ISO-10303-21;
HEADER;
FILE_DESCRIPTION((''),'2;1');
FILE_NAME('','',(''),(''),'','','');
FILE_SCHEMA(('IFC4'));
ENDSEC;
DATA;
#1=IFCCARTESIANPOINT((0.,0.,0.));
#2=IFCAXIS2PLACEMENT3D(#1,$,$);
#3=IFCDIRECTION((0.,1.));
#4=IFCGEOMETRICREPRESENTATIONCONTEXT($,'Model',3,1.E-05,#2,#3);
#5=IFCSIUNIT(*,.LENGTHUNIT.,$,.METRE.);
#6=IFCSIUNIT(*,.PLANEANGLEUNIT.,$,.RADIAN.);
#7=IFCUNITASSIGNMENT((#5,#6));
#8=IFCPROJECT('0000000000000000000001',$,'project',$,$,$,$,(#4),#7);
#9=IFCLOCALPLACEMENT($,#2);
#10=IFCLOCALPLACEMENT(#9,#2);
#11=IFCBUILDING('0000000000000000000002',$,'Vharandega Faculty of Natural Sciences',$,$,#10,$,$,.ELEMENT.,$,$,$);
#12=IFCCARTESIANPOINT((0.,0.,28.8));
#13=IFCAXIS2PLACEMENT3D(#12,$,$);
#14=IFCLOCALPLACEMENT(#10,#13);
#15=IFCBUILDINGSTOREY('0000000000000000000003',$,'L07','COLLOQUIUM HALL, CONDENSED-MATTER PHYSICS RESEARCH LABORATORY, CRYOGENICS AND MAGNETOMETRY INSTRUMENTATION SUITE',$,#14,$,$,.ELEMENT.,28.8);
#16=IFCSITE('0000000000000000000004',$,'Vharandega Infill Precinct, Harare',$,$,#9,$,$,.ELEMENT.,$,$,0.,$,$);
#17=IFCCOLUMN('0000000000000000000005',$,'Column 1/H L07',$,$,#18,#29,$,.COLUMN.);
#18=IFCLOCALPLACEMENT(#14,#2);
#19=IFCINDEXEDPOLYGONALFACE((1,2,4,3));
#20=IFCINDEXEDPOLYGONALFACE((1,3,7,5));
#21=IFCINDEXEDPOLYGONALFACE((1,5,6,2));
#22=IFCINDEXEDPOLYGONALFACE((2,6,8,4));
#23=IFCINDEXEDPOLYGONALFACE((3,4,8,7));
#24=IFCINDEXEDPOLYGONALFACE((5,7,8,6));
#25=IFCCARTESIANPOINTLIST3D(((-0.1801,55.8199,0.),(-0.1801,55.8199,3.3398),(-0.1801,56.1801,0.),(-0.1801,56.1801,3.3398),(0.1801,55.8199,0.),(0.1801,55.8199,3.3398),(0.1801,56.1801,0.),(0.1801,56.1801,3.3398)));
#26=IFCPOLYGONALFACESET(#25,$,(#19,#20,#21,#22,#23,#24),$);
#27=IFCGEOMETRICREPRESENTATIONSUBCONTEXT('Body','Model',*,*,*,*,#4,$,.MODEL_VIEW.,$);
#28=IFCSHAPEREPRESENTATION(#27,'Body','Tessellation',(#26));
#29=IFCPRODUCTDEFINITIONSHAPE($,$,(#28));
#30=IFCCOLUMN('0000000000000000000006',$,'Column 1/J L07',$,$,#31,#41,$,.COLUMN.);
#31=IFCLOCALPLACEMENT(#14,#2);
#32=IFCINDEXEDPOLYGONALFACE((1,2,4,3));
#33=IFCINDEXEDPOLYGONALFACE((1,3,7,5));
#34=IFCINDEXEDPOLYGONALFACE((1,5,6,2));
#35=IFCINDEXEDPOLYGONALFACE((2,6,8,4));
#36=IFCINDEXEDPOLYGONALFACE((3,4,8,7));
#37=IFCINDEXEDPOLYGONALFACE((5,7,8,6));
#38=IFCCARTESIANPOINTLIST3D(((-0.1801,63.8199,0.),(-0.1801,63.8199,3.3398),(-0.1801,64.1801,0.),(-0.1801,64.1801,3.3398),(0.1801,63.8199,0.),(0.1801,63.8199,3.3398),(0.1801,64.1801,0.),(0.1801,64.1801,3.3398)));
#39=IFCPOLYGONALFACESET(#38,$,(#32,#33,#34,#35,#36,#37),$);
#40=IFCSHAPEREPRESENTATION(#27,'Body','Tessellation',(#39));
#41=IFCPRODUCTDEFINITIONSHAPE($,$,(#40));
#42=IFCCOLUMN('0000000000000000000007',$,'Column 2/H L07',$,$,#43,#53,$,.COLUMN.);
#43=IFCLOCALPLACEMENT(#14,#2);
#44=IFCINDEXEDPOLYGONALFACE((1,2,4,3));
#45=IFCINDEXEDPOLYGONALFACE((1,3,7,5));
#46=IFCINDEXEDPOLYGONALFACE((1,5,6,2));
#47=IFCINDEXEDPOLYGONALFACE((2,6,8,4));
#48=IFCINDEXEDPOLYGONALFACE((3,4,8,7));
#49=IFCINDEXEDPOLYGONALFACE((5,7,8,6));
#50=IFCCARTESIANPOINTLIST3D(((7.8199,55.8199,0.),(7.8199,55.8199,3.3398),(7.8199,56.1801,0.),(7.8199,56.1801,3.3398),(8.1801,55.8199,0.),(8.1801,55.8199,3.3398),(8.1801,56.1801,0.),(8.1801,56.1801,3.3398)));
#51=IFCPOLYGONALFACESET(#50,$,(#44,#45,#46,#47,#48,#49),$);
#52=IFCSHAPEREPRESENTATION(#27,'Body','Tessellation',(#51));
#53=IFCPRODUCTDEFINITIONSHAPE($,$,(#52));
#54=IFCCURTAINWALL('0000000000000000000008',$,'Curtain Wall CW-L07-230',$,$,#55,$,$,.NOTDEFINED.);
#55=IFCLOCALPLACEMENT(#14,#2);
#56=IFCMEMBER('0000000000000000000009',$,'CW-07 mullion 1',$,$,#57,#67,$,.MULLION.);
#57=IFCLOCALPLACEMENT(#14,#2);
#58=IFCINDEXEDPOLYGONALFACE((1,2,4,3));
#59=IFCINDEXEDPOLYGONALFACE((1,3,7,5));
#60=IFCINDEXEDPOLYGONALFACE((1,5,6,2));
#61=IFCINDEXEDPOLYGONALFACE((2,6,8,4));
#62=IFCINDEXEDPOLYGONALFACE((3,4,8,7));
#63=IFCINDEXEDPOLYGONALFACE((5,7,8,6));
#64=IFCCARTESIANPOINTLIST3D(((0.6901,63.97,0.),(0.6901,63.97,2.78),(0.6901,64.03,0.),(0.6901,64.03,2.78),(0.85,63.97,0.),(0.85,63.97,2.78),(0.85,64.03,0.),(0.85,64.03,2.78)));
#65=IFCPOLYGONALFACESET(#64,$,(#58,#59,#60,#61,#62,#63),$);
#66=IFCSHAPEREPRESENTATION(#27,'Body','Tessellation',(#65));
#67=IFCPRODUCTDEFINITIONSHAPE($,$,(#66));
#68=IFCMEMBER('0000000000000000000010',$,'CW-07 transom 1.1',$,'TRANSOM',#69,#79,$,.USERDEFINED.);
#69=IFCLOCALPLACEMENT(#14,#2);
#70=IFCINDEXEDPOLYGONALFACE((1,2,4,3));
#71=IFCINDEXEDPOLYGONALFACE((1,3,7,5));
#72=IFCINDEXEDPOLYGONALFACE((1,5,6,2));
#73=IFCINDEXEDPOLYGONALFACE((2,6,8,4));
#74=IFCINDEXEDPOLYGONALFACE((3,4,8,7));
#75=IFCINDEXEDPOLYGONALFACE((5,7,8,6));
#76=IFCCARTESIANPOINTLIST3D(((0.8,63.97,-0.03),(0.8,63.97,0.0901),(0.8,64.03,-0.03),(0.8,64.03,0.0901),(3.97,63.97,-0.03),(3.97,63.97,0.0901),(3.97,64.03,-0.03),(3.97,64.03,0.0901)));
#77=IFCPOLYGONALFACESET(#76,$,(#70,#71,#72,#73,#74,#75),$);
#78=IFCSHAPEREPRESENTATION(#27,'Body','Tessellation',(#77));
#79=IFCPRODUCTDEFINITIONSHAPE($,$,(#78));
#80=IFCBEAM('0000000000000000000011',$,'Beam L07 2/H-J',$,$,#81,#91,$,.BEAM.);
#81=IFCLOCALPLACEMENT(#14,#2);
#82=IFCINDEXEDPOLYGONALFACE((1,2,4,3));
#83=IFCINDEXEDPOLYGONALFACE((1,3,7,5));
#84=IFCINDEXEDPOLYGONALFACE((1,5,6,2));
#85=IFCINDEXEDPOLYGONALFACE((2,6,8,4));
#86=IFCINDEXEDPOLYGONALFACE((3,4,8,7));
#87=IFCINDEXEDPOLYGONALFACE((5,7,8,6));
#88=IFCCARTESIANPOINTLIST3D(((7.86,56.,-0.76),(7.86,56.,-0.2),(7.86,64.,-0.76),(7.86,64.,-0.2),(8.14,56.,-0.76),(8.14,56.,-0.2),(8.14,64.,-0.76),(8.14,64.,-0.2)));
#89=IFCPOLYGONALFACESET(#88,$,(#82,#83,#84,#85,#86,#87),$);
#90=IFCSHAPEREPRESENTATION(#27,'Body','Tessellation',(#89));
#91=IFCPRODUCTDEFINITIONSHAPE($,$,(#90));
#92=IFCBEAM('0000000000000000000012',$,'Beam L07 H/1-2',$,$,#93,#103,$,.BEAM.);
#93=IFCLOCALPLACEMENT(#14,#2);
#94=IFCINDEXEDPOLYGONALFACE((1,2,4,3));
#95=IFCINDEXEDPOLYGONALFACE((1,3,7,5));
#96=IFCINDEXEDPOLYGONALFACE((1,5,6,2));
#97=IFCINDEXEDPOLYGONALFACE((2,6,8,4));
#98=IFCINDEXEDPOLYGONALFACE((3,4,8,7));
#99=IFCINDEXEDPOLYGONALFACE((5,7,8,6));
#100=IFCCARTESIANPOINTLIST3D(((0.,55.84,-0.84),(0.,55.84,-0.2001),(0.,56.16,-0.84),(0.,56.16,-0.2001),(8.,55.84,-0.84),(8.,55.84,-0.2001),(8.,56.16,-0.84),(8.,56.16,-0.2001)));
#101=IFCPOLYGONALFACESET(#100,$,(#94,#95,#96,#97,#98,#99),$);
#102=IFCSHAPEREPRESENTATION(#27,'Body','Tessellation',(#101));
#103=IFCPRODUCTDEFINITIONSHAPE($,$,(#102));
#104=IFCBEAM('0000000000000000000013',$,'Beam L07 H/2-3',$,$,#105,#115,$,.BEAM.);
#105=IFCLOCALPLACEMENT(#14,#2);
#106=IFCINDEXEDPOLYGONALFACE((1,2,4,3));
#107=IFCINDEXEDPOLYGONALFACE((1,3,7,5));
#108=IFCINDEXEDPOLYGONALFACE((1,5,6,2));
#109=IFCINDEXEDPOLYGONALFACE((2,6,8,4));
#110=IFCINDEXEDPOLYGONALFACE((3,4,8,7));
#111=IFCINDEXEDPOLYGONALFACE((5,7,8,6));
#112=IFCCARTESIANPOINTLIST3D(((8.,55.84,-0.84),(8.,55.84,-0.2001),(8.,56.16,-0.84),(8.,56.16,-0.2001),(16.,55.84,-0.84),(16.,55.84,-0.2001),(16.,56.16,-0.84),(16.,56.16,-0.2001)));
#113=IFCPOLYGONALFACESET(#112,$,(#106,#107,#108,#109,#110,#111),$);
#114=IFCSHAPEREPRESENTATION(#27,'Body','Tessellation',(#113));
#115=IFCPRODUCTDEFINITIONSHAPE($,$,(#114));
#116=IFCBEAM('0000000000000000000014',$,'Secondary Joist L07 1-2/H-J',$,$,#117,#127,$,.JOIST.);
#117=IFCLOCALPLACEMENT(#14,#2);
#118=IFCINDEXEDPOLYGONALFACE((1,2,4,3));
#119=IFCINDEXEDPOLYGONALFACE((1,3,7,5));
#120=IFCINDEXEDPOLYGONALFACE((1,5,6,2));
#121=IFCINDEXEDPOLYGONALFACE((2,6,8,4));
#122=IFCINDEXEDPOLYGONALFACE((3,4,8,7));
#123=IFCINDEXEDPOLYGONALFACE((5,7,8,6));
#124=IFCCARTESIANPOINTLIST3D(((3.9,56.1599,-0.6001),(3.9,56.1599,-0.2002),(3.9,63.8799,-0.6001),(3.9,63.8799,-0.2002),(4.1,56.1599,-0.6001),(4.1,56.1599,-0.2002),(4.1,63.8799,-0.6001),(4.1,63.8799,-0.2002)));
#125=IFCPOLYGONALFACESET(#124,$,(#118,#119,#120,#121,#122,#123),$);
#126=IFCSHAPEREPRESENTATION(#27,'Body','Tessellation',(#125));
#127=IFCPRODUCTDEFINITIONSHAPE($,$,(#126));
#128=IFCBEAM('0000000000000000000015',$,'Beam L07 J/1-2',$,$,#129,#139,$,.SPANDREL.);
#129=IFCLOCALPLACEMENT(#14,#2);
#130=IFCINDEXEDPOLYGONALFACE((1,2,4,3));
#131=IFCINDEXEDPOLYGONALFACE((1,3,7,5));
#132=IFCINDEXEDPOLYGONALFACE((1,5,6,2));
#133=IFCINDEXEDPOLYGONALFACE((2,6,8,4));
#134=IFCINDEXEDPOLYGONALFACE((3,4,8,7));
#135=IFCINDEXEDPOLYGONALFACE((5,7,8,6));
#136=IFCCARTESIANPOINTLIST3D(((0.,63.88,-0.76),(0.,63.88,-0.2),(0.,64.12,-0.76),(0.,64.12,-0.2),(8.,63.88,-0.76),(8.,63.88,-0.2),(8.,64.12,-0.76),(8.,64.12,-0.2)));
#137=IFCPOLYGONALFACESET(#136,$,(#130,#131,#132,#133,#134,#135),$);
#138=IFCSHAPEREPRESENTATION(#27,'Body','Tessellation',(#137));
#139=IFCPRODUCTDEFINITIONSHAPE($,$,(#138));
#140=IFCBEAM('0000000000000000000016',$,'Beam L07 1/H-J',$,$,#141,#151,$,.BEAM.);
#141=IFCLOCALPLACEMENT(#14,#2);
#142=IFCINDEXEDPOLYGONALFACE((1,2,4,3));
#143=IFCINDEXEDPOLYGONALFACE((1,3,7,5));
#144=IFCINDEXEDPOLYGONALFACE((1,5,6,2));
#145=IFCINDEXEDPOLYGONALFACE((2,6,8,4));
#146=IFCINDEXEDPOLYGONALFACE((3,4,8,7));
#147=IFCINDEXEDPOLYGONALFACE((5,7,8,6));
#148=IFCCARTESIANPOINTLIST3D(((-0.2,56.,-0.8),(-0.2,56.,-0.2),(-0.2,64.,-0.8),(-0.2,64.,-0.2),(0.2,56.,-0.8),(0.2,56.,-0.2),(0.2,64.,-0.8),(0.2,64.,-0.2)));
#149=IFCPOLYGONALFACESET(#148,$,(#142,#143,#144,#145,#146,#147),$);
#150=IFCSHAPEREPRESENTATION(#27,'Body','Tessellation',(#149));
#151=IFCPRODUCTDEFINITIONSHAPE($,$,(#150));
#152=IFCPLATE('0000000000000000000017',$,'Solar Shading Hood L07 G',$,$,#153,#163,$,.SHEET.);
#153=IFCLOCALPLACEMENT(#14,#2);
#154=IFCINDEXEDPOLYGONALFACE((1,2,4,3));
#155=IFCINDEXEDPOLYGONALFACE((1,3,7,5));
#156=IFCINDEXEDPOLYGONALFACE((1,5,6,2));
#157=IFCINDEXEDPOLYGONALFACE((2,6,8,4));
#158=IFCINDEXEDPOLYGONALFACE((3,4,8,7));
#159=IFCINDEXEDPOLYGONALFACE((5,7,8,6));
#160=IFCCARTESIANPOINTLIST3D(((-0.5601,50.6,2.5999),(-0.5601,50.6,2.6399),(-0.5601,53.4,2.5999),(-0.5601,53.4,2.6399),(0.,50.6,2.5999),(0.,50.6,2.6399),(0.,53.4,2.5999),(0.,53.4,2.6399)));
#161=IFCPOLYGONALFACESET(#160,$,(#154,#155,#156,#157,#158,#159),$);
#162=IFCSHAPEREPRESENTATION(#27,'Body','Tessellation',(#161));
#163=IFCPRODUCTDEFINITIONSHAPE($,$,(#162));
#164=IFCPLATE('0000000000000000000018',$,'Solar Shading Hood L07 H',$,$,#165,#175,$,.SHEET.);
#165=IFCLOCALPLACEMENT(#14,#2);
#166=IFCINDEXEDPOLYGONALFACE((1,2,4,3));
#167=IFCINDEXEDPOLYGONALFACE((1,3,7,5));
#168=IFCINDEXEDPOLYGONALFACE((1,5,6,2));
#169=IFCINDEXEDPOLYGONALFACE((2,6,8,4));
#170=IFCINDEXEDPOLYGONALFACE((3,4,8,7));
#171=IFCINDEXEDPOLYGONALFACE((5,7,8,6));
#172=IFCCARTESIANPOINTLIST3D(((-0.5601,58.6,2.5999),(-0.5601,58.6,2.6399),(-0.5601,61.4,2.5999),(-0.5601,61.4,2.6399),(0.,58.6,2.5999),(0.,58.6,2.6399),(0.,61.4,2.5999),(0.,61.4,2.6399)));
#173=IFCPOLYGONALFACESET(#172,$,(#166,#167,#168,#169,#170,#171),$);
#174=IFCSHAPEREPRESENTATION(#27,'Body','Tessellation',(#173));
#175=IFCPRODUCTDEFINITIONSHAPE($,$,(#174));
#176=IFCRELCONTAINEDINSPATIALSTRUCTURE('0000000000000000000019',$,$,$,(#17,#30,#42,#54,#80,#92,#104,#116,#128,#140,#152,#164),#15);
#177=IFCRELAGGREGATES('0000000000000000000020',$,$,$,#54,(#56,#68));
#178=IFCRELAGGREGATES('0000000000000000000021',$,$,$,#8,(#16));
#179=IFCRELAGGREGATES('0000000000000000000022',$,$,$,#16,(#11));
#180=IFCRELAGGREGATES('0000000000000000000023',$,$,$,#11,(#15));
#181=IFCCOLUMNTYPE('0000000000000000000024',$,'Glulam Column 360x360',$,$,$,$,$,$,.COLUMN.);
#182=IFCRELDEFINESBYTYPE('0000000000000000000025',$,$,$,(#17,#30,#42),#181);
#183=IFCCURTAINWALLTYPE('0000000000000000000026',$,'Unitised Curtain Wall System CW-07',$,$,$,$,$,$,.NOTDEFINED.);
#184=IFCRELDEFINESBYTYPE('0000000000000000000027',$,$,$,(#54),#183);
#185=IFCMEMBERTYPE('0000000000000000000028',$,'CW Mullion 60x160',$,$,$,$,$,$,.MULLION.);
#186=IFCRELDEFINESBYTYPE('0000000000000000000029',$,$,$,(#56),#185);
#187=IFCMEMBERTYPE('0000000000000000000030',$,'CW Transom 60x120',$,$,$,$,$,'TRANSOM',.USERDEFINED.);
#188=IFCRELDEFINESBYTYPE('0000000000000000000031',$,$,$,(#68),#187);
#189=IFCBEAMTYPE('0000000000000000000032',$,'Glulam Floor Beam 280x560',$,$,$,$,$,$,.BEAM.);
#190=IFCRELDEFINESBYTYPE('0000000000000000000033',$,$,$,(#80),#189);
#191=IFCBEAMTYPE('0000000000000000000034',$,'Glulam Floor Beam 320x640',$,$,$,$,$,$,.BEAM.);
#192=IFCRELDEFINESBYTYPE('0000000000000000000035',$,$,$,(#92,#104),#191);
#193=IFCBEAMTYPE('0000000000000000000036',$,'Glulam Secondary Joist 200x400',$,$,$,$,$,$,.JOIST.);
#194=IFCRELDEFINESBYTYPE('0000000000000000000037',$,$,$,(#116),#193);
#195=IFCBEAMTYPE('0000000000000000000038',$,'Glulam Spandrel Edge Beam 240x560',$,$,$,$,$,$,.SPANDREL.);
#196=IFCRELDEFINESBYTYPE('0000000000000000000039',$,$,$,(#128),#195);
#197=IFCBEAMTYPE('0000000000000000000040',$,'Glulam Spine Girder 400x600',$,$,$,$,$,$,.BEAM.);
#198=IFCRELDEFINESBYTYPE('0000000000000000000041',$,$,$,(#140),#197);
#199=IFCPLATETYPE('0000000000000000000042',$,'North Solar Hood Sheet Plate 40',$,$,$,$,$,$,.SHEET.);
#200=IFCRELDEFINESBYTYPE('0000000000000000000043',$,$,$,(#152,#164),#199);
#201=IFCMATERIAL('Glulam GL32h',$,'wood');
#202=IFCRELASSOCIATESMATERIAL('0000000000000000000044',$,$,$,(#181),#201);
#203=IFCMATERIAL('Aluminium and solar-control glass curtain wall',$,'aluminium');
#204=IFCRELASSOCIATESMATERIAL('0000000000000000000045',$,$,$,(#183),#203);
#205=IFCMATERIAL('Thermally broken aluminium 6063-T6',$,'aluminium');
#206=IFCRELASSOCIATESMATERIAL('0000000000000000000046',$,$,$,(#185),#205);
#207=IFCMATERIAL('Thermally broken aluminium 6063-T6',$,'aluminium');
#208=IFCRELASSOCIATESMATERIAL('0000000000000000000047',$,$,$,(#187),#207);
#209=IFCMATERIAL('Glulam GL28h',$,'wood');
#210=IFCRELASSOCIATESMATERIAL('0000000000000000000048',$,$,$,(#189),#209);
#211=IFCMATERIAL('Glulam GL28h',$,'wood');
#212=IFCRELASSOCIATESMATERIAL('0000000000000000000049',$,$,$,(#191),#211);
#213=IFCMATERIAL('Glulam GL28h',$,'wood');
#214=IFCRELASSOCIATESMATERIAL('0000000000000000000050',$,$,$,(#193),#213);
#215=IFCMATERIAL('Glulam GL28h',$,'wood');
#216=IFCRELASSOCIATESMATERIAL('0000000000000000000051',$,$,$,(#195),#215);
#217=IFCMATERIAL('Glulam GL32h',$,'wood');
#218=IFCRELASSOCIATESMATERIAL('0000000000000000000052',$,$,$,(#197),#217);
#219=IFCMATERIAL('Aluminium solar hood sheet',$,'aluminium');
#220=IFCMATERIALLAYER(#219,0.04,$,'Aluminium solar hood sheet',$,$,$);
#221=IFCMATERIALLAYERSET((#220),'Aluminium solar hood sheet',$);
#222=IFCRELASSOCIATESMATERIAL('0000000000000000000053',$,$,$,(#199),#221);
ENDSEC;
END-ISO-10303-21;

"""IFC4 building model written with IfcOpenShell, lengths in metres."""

from ifc_helpers import new_model, si_unit, direction, frame, origin, origin_2d, place, context, subcontext, project, spatial, rectangle, extrude, material, layer, layer_set, material_profile, profile_set, type_object, element, aggregate, save


model = new_model("IFC4")

# Units and contexts
model_context = context("Model", 3, precision=1e-05, world=origin(), true_north=direction((0.0, 1.0)))
body_context = subcontext(model_context, "Body", "Model", "MODEL_VIEW")
ifc_project = project(units=[si_unit("LENGTHUNIT", "METRE"), si_unit("PLANEANGLEUNIT", "RADIAN")], contexts=[model_context])

# Site, building, storey
site_placement = place(None, origin())
site = spatial("IfcSite", under=ifc_project, at=site_placement, Name="Vharandega Infill Precinct, Harare", CompositionType="ELEMENT", RefElevation=0.0)
building_placement = place(site_placement, origin())
building = spatial("IfcBuilding", under=site, at=building_placement, Name="Vharandega Faculty of Natural Sciences", CompositionType="ELEMENT")
storey_placement = place(building_placement, frame((0.0, 0.0, 28.8)))
storey = spatial("IfcBuildingStorey", under=building, at=storey_placement, Name="L07", Description="COLLOQUIUM HALL, CONDENSED-MATTER PHYSICS RESEARCH LABORATORY, CRYOGENICS AND MAGNETOMETRY INSTRUMENTATION SUITE", CompositionType="ELEMENT", Elevation=28.8)

# Columns
ifc_material_1 = material(Name="Glulam GL32h", Category="wood")
ifc_material_profile_1 = material_profile(ifc_material_1, rectangle(XDim=0.3601, YDim=0.3601, at=origin_2d()), Name="GL32h 360x360")
ifc_profile_set_1 = profile_set([ifc_material_profile_1], Name="Glulam GL32h")
column_type = type_object("IfcColumnType", Name="Glulam Column 360x360", PredefinedType="COLUMN", material=ifc_profile_set_1)
for number, where, z_axis, x_axis, name in (
    (1, (0.0, 56.0, 0.0), (0.0, 0.0, 1.0), (1.0, 0.0, 0.0), "Column 1/H L07"),
    (2, (0.0, 64.0, 0.0), (0.0, 0.0, 1.0), (1.0, 0.0, 0.0), "Column 1/J L07"),
    (3, (8.0, 56.0, 0.0), (0.0, 0.0, 1.0), (1.0, 0.0, 0.0), "Column 2/H L07"),
):
    element("IfcColumn", number, at=place(storey_placement, frame(where, z_axis=z_axis, x_axis=x_axis)), inside=storey, type_object=column_type, Name=name, PredefinedType="COLUMN", context=body_context, shape_type="SweptSolid", body=[
        extrude(rectangle(XDim=0.3601, YDim=0.3601, at=origin_2d()), origin(), (0.0, 0.0, 1.0), 3.3398),
    ])

# Curtain wall, members
ifc_material_2 = material(Name="Aluminium and solar-control glass curtain wall", Category="aluminium")
curtain_wall_type = type_object("IfcCurtainWallType", Name="Unitised Curtain Wall System CW-07", PredefinedType="NOTDEFINED", material=ifc_material_2)
curtain_wall_placement = place(storey_placement, origin())
curtain_wall = element("IfcCurtainWall", 4, at=curtain_wall_placement, inside=storey, type_object=curtain_wall_type, Name="Curtain Wall CW-L07-230", PredefinedType="NOTDEFINED")
ifc_material_3 = material(Name="Thermally broken aluminium 6063-T6", Category="aluminium")
ifc_material_profile_2 = material_profile(ifc_material_3, rectangle(XDim=0.0601, YDim=0.1599, at=origin_2d()), Name="ALU 60x160")
ifc_profile_set_2 = profile_set([ifc_material_profile_2], Name="Thermally broken aluminium 6063-T6")
member_type_1 = type_object("IfcMemberType", Name="CW Mullion 60x160", PredefinedType="MULLION", material=ifc_profile_set_2)
member_1_placement = place(storey_placement, frame((0.77, 64.0, 0.0), z_axis=(0.0, 0.0, 1.0), x_axis=(0.0, 1.0, 0.0)))
member_1 = element("IfcMember", 5, at=member_1_placement, type_object=member_type_1, Name="CW-07 mullion 1", PredefinedType="MULLION", context=body_context, shape_type="SweptSolid", body=[
    extrude(rectangle(XDim=0.0601, YDim=0.1599, at=origin_2d()), origin(), (0.0, 0.0, 1.0), 2.78),
])
ifc_material_4 = material(Name="Thermally broken aluminium 6063-T6", Category="aluminium")
ifc_material_profile_3 = material_profile(ifc_material_4, rectangle(XDim=0.0601, YDim=0.1201, at=origin_2d()), Name="ALU 60x120")
ifc_profile_set_3 = profile_set([ifc_material_profile_3], Name="Thermally broken aluminium 6063-T6")
member_type_2 = type_object("IfcMemberType", Name="CW Transom 60x120", ElementType="TRANSOM", PredefinedType="USERDEFINED", material=ifc_profile_set_3)
member_2_placement = place(storey_placement, frame((0.8, 64.0, 0.03), z_axis=(1.0, 0.0, 0.0), x_axis=(0.0, 1.0, 0.0)))
member_2 = element("IfcMember", 6, at=member_2_placement, type_object=member_type_2, Name="CW-07 transom 1.1", ObjectType="TRANSOM", PredefinedType="USERDEFINED", context=body_context, shape_type="SweptSolid", body=[
    extrude(rectangle(XDim=0.0601, YDim=0.1201, at=origin_2d()), origin(), (0.0, 0.0, 1.0), 3.1699),
])
aggregate(curtain_wall, [member_1, member_2])

# Beams
ifc_material_5 = material(Name="Glulam GL28h", Category="wood")
ifc_material_profile_4 = material_profile(ifc_material_5, rectangle(XDim=0.28, YDim=0.5601, at=origin_2d()), Name="GL28h 280x560")
ifc_profile_set_4 = profile_set([ifc_material_profile_4], Name="Glulam GL28h")
beam_type_1 = type_object("IfcBeamType", Name="Glulam Floor Beam 280x560", PredefinedType="BEAM", material=ifc_profile_set_4)
beam_1_placement = place(storey_placement, frame((8.0, 56.0, -0.48), z_axis=(0.0, 1.0, 0.0), x_axis=(-1.0, 0.0, 0.0)))
element("IfcBeam", 7, at=beam_1_placement, inside=storey, type_object=beam_type_1, Name="Beam L07 2/H-J", PredefinedType="BEAM", context=body_context, shape_type="SweptSolid", body=[
    extrude(rectangle(XDim=0.28, YDim=0.5601, at=origin_2d()), origin(), (0.0, 0.0, 1.0), 8.0),
])
ifc_material_6 = material(Name="Glulam GL28h", Category="wood")
ifc_material_profile_5 = material_profile(ifc_material_6, rectangle(XDim=0.3201, YDim=0.6399, at=origin_2d()), Name="GL28h 320x640")
ifc_profile_set_5 = profile_set([ifc_material_profile_5], Name="Glulam GL28h")
beam_type_2 = type_object("IfcBeamType", Name="Glulam Floor Beam 320x640", PredefinedType="BEAM", material=ifc_profile_set_5)
for number, where, z_axis, x_axis, name in (
    (8, (0.0, 56.0, -0.52), (1.0, 0.0, 0.0), (0.0, 1.0, 0.0), "Beam L07 H/1-2"),
    (9, (8.0, 56.0, -0.52), (1.0, 0.0, 0.0), (0.0, 1.0, 0.0), "Beam L07 H/2-3"),
):
    element("IfcBeam", number, at=place(storey_placement, frame(where, z_axis=z_axis, x_axis=x_axis)), inside=storey, type_object=beam_type_2, Name=name, PredefinedType="BEAM", context=body_context, shape_type="SweptSolid", body=[
        extrude(rectangle(XDim=0.3201, YDim=0.6399, at=origin_2d()), origin(), (0.0, 0.0, 1.0), 8.0),
    ])
ifc_material_7 = material(Name="Glulam GL28h", Category="wood")
ifc_material_profile_6 = material_profile(ifc_material_7, rectangle(XDim=0.2, YDim=0.3999, at=origin_2d()), Name="GL28h 200x400")
ifc_profile_set_6 = profile_set([ifc_material_profile_6], Name="Glulam GL28h")
beam_type_3 = type_object("IfcBeamType", Name="Glulam Secondary Joist 200x400", PredefinedType="JOIST", material=ifc_profile_set_6)
beam_2_placement = place(storey_placement, frame((4.0, 56.1599, -0.4001), z_axis=(0.0, 1.0, 0.0), x_axis=(-1.0, 0.0, 0.0)))
element("IfcBeam", 10, at=beam_2_placement, inside=storey, type_object=beam_type_3, Name="Secondary Joist L07 1-2/H-J", PredefinedType="JOIST", context=body_context, shape_type="SweptSolid", body=[
    extrude(rectangle(XDim=0.2, YDim=0.3999, at=origin_2d()), origin(), (0.0, 0.0, 1.0), 7.72),
])
ifc_material_8 = material(Name="Glulam GL28h", Category="wood")
ifc_material_profile_7 = material_profile(ifc_material_8, rectangle(XDim=0.24, YDim=0.5601, at=origin_2d()), Name="GL28h 240x560")
ifc_profile_set_7 = profile_set([ifc_material_profile_7], Name="Glulam GL28h")
beam_type_4 = type_object("IfcBeamType", Name="Glulam Spandrel Edge Beam 240x560", PredefinedType="SPANDREL", material=ifc_profile_set_7)
beam_3_placement = place(storey_placement, frame((0.0, 64.0, -0.48), z_axis=(1.0, 0.0, 0.0), x_axis=(0.0, 1.0, 0.0)))
element("IfcBeam", 11, at=beam_3_placement, inside=storey, type_object=beam_type_4, Name="Beam L07 J/1-2", PredefinedType="SPANDREL", context=body_context, shape_type="SweptSolid", body=[
    extrude(rectangle(XDim=0.24, YDim=0.5601, at=origin_2d()), origin(), (0.0, 0.0, 1.0), 8.0),
])
ifc_material_9 = material(Name="Glulam GL32h", Category="wood")
ifc_material_profile_8 = material_profile(ifc_material_9, rectangle(XDim=0.3999, YDim=0.6001, at=origin_2d()), Name="GL32h 400x600")
ifc_profile_set_8 = profile_set([ifc_material_profile_8], Name="Glulam GL32h")
beam_type_5 = type_object("IfcBeamType", Name="Glulam Spine Girder 400x600", PredefinedType="BEAM", material=ifc_profile_set_8)
beam_4_placement = place(storey_placement, frame((0.0, 56.0, -0.5), z_axis=(0.0, 1.0, 0.0), x_axis=(-1.0, 0.0, 0.0)))
element("IfcBeam", 12, at=beam_4_placement, inside=storey, type_object=beam_type_5, Name="Beam L07 1/H-J", PredefinedType="BEAM", context=body_context, shape_type="SweptSolid", body=[
    extrude(rectangle(XDim=0.3999, YDim=0.6001, at=origin_2d()), origin(), (0.0, 0.0, 1.0), 8.0),
])

# Plates
ifc_material_10 = material(Name="Aluminium solar hood sheet", Category="aluminium")
ifc_layer_1 = layer(ifc_material_10, 0.04, Name="Aluminium solar hood sheet")
ifc_layer_set_1 = layer_set([ifc_layer_1], Name="Aluminium solar hood sheet")
plate_type = type_object("IfcPlateType", Name="North Solar Hood Sheet Plate 40", PredefinedType="SHEET", material=ifc_layer_set_1)
for number, where, z_axis, x_axis, name in (
    (13, (-0.28, 52.0, 2.5999), (0.0, 0.0, 1.0), (1.0, 0.0, 0.0), "Solar Shading Hood L07 G"),
    (14, (-0.28, 60.0, 2.5999), (0.0, 0.0, 1.0), (1.0, 0.0, 0.0), "Solar Shading Hood L07 H"),
):
    element("IfcPlate", number, at=place(storey_placement, frame(where, z_axis=z_axis, x_axis=x_axis)), inside=storey, type_object=plate_type, Name=name, PredefinedType="SHEET", context=body_context, shape_type="SweptSolid", body=[
        extrude(rectangle(XDim=0.5601, YDim=2.8, at=origin_2d()), origin(), (0.0, 0.0, 1.0), 0.04),
    ])

save(model, "model.ifc")
